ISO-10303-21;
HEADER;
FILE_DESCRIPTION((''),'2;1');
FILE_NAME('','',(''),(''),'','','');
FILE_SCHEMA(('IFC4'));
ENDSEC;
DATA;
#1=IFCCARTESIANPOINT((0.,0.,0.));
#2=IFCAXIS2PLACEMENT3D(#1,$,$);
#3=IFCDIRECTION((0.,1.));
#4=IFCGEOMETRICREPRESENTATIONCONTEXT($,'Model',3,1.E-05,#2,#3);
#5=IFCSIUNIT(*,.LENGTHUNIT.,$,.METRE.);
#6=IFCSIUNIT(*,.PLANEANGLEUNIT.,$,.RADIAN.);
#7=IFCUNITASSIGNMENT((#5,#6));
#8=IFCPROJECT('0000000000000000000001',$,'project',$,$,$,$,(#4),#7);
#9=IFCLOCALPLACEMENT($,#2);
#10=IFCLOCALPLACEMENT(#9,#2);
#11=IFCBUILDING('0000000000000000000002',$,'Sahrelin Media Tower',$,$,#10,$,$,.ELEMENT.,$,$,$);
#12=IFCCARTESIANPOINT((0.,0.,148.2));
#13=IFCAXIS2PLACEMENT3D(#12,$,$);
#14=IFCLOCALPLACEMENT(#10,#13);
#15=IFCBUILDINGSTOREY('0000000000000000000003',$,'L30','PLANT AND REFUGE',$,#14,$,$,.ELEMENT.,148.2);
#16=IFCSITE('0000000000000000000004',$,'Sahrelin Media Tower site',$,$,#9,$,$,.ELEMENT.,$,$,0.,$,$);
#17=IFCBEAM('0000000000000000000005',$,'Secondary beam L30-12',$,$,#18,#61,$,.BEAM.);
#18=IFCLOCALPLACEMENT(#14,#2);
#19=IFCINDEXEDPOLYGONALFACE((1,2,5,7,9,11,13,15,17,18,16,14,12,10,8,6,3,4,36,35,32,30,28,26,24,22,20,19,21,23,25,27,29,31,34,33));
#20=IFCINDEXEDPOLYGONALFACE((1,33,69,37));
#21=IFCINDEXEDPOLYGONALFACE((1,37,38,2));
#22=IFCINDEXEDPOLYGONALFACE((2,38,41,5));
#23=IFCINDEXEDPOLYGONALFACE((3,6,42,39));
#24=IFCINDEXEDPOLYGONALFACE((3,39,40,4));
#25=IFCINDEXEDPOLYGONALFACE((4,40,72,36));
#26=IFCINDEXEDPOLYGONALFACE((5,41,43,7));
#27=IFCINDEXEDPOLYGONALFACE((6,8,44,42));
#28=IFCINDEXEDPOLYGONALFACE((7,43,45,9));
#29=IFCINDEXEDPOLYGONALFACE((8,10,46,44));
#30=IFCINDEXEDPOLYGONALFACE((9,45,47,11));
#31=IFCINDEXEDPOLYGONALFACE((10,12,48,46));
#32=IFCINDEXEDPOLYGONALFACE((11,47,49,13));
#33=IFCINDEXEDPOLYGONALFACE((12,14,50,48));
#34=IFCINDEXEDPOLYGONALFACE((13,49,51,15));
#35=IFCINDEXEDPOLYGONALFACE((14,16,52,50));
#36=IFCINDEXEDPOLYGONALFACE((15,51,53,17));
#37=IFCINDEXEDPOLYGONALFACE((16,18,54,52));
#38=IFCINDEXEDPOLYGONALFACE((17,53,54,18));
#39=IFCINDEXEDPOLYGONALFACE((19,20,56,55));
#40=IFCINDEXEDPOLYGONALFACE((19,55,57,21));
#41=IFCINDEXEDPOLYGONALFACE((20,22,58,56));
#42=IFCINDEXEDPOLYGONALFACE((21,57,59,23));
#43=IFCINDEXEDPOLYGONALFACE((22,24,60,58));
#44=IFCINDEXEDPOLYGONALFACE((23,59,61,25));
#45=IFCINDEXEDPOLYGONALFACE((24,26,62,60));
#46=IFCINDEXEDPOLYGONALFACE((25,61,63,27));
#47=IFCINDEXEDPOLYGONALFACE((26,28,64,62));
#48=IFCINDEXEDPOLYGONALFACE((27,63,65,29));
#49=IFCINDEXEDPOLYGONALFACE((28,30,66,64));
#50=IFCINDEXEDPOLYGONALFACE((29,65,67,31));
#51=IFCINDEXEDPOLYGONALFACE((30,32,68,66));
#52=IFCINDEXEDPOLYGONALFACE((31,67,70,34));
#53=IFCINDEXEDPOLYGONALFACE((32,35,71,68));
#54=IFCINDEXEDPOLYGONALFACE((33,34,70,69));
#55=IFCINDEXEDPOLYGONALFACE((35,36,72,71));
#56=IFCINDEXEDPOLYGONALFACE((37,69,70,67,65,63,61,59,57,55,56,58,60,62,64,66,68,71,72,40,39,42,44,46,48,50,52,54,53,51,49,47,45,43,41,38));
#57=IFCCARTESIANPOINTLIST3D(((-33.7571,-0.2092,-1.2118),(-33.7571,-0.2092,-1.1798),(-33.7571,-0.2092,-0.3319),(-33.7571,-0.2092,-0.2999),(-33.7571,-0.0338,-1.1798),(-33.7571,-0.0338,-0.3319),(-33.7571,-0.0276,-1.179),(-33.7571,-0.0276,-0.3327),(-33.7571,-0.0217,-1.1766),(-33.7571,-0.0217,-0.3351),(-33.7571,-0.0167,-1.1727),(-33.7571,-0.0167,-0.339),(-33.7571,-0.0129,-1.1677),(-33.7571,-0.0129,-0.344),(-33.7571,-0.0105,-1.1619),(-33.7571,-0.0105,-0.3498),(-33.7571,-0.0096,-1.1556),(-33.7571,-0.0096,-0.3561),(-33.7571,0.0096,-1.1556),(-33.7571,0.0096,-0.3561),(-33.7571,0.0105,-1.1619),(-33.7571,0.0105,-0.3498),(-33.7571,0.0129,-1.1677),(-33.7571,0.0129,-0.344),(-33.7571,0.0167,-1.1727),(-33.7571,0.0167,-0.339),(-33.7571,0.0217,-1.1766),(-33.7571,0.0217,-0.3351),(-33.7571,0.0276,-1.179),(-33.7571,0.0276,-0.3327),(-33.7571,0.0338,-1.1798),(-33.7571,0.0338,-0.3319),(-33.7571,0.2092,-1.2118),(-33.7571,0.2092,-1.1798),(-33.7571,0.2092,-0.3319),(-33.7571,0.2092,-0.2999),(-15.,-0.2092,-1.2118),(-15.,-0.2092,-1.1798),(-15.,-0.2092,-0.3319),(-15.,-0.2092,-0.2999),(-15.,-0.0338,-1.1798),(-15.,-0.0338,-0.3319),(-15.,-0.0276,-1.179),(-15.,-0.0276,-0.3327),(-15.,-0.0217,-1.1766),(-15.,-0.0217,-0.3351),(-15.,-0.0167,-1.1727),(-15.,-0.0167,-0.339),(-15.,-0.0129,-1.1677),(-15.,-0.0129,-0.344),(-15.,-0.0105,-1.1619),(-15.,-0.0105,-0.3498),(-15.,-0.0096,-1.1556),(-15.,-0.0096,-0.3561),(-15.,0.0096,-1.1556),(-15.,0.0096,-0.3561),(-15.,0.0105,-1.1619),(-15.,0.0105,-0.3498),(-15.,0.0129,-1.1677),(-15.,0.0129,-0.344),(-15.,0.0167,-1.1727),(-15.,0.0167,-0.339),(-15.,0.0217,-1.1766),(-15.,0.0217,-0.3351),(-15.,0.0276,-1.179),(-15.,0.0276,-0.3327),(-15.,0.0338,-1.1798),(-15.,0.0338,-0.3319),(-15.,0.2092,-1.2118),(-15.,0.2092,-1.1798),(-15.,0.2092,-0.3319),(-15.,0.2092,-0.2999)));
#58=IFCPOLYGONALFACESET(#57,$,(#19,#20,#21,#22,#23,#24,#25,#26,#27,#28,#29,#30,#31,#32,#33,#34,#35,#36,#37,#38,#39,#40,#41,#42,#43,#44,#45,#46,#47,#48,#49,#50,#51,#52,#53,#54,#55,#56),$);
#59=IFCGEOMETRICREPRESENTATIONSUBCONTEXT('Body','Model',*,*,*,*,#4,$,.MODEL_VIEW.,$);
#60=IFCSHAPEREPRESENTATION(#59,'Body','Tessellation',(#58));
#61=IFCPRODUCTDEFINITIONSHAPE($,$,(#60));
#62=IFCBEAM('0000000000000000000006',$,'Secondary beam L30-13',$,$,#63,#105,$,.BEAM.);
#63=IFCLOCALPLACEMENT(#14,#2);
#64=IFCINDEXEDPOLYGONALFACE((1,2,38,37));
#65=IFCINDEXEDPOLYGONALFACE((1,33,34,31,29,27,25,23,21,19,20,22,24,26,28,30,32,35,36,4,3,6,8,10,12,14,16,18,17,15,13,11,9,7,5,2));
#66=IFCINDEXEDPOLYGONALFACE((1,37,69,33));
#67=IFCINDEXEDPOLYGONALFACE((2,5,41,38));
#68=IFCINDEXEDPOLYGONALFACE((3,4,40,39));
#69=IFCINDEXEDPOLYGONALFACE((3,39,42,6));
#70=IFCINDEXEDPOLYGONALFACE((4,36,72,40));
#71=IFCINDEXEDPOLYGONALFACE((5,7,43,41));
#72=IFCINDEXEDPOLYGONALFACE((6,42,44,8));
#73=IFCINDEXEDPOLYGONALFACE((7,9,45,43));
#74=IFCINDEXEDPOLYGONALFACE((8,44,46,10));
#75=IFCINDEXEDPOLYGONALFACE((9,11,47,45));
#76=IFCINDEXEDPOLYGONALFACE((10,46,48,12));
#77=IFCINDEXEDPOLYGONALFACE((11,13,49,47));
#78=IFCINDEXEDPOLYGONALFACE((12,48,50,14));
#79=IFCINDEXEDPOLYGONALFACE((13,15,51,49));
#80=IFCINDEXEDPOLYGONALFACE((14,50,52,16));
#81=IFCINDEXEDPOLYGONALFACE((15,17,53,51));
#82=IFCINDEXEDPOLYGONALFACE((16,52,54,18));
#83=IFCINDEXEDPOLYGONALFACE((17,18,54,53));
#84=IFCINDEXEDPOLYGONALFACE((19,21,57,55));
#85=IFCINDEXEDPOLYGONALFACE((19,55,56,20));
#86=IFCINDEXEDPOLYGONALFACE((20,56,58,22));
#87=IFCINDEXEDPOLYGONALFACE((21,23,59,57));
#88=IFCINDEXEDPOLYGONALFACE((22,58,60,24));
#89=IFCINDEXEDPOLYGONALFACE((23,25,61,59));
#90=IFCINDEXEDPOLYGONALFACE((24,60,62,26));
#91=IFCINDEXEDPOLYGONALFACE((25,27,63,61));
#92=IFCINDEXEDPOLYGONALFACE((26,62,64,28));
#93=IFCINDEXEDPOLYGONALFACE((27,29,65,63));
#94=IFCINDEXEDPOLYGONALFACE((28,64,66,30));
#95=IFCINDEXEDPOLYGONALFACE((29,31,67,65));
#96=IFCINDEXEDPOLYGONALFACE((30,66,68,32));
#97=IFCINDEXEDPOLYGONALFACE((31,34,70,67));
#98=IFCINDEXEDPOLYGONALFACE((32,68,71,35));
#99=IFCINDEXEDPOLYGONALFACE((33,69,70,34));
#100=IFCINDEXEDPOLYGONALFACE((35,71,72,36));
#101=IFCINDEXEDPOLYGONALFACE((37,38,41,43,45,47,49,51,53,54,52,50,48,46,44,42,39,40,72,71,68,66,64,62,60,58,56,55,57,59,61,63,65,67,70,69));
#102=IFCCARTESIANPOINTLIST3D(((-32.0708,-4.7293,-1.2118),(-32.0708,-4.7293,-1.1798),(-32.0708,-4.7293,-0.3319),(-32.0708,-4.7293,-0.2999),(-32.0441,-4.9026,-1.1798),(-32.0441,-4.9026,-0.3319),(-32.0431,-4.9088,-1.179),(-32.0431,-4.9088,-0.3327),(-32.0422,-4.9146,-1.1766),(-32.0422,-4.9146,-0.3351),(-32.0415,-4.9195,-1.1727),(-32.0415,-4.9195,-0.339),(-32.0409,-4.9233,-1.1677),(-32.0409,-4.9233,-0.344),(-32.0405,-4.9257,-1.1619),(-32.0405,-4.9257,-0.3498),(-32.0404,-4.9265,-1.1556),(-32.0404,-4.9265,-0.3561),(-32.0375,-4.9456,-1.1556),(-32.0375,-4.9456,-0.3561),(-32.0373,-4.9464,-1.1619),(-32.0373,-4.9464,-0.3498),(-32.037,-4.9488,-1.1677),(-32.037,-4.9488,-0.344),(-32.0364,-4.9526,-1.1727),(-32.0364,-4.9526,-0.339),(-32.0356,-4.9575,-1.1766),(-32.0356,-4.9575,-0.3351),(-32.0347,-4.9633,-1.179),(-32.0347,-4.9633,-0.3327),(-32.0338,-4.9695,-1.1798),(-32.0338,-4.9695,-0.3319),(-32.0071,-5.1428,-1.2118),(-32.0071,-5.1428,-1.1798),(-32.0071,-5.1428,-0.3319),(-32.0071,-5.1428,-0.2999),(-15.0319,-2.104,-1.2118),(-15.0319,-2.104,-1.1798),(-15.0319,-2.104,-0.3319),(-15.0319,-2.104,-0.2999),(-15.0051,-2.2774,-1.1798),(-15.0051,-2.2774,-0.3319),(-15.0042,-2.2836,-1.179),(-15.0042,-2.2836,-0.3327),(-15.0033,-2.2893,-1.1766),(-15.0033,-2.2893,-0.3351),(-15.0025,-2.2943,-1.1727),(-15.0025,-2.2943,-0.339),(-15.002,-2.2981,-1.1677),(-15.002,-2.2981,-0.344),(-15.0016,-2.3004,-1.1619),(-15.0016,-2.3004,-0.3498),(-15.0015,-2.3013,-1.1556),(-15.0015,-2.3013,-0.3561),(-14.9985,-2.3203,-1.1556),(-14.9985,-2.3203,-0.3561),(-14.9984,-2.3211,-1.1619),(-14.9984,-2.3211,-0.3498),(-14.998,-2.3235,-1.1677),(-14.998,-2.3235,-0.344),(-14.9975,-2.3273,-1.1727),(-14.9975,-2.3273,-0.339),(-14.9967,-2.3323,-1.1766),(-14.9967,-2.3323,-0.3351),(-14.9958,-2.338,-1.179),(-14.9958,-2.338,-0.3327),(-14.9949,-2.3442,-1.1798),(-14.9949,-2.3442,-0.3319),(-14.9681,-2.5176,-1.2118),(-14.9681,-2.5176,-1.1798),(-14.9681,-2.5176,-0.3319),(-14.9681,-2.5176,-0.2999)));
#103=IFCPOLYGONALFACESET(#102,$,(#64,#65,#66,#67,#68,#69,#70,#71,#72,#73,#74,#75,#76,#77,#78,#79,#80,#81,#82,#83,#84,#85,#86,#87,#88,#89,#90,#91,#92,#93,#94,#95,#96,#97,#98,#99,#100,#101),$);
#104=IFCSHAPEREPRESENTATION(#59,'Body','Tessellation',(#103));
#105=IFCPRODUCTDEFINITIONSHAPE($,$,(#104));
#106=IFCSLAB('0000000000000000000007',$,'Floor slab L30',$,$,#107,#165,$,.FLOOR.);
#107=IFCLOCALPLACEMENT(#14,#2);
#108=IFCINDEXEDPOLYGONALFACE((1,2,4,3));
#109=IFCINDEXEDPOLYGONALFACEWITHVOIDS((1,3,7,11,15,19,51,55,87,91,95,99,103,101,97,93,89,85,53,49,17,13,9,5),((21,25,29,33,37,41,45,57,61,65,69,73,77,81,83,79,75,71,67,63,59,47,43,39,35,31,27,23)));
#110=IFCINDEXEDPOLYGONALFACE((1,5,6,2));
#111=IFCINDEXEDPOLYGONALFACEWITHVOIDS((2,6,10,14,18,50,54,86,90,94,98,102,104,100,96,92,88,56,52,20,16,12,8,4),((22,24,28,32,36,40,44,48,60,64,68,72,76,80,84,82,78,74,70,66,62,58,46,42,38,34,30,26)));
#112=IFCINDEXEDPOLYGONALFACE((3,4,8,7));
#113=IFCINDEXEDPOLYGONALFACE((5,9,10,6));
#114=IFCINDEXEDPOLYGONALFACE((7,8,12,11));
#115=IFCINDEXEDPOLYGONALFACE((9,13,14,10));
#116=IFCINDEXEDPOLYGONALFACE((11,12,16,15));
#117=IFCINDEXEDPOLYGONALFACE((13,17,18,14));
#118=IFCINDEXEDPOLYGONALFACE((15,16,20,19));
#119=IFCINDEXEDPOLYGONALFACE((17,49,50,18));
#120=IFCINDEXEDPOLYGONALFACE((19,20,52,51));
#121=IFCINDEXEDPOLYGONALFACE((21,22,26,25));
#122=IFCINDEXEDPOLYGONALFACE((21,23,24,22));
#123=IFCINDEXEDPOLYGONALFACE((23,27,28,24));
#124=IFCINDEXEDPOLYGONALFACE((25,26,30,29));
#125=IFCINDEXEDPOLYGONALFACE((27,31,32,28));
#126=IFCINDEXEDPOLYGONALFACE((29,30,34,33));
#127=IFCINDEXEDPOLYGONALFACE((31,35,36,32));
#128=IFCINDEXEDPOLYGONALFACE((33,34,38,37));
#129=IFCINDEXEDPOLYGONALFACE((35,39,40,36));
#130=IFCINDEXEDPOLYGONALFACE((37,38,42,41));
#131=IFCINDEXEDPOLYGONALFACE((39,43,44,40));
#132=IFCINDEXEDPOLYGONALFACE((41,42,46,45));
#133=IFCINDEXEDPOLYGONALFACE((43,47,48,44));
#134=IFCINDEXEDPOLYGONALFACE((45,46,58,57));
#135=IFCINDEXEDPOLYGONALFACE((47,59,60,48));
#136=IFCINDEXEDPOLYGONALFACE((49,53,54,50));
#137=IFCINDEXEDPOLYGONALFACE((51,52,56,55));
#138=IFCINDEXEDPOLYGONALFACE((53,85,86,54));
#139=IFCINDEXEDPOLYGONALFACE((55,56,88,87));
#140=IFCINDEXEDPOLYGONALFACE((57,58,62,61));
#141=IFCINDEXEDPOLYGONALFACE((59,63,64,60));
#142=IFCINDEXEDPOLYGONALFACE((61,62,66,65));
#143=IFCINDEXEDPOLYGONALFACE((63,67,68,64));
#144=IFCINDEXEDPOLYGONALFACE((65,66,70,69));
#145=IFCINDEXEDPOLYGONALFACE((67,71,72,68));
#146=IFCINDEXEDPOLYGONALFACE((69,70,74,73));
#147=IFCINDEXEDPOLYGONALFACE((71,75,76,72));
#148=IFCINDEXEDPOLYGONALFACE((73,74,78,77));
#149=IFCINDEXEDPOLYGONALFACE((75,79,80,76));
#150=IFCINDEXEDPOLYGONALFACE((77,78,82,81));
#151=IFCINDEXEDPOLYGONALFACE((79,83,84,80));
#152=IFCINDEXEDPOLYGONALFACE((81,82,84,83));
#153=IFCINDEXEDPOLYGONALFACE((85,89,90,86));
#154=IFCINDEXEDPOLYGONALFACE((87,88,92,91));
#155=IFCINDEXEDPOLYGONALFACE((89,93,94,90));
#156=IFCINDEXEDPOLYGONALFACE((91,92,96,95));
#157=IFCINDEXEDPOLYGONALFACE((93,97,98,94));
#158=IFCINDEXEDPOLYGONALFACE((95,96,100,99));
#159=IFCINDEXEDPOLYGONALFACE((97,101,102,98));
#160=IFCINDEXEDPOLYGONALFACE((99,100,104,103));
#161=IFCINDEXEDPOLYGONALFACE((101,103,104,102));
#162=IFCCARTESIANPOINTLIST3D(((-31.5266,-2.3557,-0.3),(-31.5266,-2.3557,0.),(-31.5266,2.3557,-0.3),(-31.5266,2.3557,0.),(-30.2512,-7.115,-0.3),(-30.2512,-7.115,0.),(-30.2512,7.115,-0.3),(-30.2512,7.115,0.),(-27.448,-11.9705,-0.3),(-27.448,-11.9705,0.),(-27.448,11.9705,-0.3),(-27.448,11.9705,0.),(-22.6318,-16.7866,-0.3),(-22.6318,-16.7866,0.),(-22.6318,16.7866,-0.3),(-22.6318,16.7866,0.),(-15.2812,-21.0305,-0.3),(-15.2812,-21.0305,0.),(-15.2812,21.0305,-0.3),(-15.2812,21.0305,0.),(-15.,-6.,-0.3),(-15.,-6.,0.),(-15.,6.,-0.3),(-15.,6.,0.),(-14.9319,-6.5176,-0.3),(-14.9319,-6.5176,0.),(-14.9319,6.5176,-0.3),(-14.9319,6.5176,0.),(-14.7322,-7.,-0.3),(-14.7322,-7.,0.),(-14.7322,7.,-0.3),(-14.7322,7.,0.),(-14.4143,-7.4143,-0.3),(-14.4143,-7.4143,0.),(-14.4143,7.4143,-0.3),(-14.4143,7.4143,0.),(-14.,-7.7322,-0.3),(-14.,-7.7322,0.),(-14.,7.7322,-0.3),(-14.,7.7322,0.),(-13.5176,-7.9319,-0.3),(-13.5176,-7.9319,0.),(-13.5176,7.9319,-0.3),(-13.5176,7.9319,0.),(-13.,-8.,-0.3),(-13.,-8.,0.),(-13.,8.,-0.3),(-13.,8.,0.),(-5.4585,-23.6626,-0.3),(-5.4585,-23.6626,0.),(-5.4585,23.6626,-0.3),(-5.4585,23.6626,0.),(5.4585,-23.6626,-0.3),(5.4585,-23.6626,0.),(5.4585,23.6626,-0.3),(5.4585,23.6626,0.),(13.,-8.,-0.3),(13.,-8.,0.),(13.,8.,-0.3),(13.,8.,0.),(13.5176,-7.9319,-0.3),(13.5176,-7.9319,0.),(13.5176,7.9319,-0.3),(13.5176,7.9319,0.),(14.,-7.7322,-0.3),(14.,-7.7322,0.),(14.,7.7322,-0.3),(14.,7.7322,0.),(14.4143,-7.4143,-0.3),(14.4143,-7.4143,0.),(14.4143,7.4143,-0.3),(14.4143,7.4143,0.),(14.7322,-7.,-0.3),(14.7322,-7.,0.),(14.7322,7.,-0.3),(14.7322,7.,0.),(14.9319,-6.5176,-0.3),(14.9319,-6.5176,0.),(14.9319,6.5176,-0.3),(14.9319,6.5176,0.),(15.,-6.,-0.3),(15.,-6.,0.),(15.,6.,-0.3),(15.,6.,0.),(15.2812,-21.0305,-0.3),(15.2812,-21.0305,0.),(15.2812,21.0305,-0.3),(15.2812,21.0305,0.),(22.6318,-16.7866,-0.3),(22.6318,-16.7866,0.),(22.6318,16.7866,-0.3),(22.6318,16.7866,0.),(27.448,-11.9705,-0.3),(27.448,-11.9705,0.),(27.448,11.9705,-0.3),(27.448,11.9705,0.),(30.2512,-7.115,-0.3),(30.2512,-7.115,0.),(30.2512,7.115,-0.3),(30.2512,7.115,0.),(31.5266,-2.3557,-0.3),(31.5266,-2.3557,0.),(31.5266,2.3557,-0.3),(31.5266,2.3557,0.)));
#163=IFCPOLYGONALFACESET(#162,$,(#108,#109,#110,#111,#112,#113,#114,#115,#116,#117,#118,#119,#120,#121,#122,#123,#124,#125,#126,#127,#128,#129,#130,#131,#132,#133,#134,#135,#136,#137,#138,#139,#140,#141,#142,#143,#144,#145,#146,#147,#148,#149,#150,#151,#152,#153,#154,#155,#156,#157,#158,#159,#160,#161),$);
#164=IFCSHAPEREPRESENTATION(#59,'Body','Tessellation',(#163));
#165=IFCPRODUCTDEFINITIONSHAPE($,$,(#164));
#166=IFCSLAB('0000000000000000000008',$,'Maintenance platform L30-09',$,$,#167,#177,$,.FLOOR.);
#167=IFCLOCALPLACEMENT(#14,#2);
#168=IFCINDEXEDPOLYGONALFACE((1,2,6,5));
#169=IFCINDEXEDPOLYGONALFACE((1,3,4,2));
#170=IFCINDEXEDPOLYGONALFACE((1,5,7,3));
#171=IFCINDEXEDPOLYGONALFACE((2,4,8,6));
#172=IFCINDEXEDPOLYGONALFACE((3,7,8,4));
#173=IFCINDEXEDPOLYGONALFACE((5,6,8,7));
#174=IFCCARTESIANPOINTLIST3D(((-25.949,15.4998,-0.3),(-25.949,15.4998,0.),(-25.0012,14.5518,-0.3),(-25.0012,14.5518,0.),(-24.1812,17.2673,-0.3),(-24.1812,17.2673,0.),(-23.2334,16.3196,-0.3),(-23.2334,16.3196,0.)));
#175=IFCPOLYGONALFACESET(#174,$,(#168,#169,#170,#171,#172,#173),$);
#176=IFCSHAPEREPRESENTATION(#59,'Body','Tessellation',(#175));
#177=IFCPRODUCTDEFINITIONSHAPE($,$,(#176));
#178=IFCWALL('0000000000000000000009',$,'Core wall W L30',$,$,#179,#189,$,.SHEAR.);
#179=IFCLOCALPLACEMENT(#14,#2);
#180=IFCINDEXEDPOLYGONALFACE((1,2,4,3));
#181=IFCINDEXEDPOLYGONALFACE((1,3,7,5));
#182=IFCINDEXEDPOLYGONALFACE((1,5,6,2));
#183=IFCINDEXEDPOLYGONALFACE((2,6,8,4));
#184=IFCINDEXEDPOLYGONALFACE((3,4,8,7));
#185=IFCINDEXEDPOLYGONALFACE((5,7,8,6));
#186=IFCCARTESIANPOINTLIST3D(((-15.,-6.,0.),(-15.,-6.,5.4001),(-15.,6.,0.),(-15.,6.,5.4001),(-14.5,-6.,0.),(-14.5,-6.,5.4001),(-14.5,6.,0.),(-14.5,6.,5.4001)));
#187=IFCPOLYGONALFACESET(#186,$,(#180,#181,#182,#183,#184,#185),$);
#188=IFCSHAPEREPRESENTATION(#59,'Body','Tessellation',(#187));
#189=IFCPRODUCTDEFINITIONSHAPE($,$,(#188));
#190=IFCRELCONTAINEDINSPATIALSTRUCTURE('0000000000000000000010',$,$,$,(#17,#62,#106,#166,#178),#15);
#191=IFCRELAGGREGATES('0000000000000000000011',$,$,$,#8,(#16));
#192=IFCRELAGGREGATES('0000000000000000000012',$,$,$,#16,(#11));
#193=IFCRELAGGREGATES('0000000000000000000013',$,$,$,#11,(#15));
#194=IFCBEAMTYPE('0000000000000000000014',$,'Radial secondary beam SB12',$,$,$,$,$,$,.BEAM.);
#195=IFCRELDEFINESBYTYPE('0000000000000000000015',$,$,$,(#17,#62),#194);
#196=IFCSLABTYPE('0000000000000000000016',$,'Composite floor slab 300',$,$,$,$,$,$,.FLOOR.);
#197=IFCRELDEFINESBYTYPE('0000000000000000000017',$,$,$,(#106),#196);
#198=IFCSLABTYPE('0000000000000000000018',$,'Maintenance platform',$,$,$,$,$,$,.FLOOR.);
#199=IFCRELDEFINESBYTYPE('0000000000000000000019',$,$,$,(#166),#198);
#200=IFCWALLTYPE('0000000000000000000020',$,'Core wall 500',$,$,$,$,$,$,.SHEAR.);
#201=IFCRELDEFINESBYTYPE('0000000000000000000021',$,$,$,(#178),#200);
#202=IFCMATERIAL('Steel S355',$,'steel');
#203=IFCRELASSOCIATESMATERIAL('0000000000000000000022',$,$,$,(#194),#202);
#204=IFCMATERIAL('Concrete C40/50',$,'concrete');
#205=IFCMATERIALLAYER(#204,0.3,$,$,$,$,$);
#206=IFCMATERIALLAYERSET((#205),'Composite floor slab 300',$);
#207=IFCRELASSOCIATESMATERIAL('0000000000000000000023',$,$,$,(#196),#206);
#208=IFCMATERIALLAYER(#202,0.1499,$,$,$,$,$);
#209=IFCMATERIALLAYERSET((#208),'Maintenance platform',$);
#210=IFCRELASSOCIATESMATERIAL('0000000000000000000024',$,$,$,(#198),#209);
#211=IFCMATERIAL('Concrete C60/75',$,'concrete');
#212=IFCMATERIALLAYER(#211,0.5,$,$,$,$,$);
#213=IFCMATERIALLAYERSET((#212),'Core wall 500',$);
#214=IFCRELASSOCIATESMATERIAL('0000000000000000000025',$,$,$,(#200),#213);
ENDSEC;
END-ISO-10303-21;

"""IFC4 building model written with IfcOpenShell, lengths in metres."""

from ifc_helpers import new_model, si_unit, direction, frame, frame_2d, origin, origin_2d, place, context, subcontext, project, spatial, polyline, rectangle, i_section, outline, extrude, material, layer, layer_set, material_profile, profile_set, type_object, element, save


model = new_model("IFC4")

# Units and contexts
model_context = context("Model", 3, precision=1e-05, world=origin(), true_north=direction((0.0, 1.0)))
body_context = subcontext(model_context, "Body", "Model", "MODEL_VIEW")
ifc_project = project(units=[si_unit("LENGTHUNIT", "METRE"), si_unit("PLANEANGLEUNIT", "RADIAN")], contexts=[model_context])

# Site, building, storey
site_placement = place(None, origin())
site = spatial("IfcSite", under=ifc_project, at=site_placement, Name="Sahrelin Media Tower site", CompositionType="ELEMENT", RefElevation=0.0)
building_placement = place(site_placement, origin())
building = spatial("IfcBuilding", under=site, at=building_placement, Name="Sahrelin Media Tower", CompositionType="ELEMENT")
storey_placement = place(building_placement, frame((0.0, 0.0, 148.2)))
storey = spatial("IfcBuildingStorey", under=building, at=storey_placement, Name="L30", Description="PLANT AND REFUGE", CompositionType="ELEMENT", Elevation=148.2)

# Beams
ifc_material_1 = material(Name="Steel S355", Category="steel")
ifc_material_profile_1 = material_profile(ifc_material_1, i_section(OverallWidth=0.4185, OverallDepth=0.9119, WebThickness=0.0193, FlangeThickness=0.032, FilletRadius=0.0242, at=origin_2d()), Name="UB 914x419x343")
ifc_profile_set_1 = profile_set([ifc_material_profile_1], Name="Steel S355")
beam_type_1 = type_object("IfcBeamType", Name="Radial secondary beam SB12", PredefinedType="BEAM", material=ifc_profile_set_1)
beam_1_placement = place(storey_placement, frame((-15.0, 0.0, -0.7559), z_axis=(-1.0, 0.0, 0.0), x_axis=(0.0, -1.0, 0.0)))
element("IfcBeam", 1, at=beam_1_placement, inside=storey, type_object=beam_type_1, Name="Secondary beam L30-12", PredefinedType="BEAM", context=body_context, shape_type="SweptSolid", body=[
    extrude(i_section(OverallWidth=0.4185, OverallDepth=0.9119, WebThickness=0.0193, FlangeThickness=0.032, FilletRadius=0.0242, at=origin_2d()), origin(), (0.0, 0.0, 1.0), 18.7571),
])
beam_2_placement = place(storey_placement, frame((-15.0, -2.3108, -0.7559), z_axis=(-0.988338, -0.152277, 0.0), x_axis=(0.152277, -0.988338, 0.0)))
element("IfcBeam", 2, at=beam_2_placement, inside=storey, type_object=beam_type_1, Name="Secondary beam L30-13", PredefinedType="BEAM", context=body_context, shape_type="SweptSolid", body=[
    extrude(i_section(OverallWidth=0.4185, OverallDepth=0.9119, WebThickness=0.0193, FlangeThickness=0.032, FilletRadius=0.0242, at=origin_2d()), origin(), (0.0, 0.0, 1.0), 17.24),
])

# Slabs
ifc_material_2 = material(Name="Concrete C40/50", Category="concrete")
ifc_layer_1 = layer(ifc_material_2, 0.3)
ifc_layer_set_1 = layer_set([ifc_layer_1], Name="Composite floor slab 300")
slab_type_1 = type_object("IfcSlabType", Name="Composite floor slab 300", PredefinedType="FLOOR", material=ifc_layer_set_1)
placement_1 = place(storey_placement, frame((0.0, 0.0, -0.3)))
element("IfcSlab", 3, at=placement_1, inside=storey, type_object=slab_type_1, Name="Floor slab L30", PredefinedType="FLOOR", context=body_context, shape_type="SweptSolid", body=[
    extrude(outline(polyline([(31.5266, -2.3557), (31.5266, 2.3557), (30.2512, 7.115), (27.448, 11.9705), (22.6318, 16.7866), (15.2812, 21.0305), (5.4585, 23.6626), (-5.4585, 23.6626), (-15.2812, 21.0305), (-22.6318, 16.7866), (-27.448, 11.9705), (-30.2512, 7.115), (-31.5266, 2.3557), (-31.5266, -2.3557), (-30.2512, -7.115), (-27.448, -11.9705), (-22.6318, -16.7866), (-15.2812, -21.0305), (-5.4585, -23.6626), (5.4585, -23.6626), (15.2812, -21.0305), (22.6318, -16.7866), (27.448, -11.9705), (30.2512, -7.115), (31.5266, -2.3557)]), holes=[polyline([(14.9319, 6.5176), (15.0, 6.0), (15.0, -6.0), (14.9319, -6.5176), (14.7322, -7.0), (14.4143, -7.4143), (14.0, -7.7322), (13.5176, -7.9319), (13.0, -8.0), (-13.0, -8.0), (-13.5176, -7.9319), (-14.0, -7.7322), (-14.4143, -7.4143), (-14.7322, -7.0), (-14.9319, -6.5176), (-15.0, -6.0), (-15.0, 6.0), (-14.9319, 6.5176), (-14.7322, 7.0), (-14.4143, 7.4143), (-14.0, 7.7322), (-13.5176, 7.9319), (-13.0, 8.0), (13.0, 8.0), (13.5176, 7.9319), (14.0, 7.7322), (14.4143, 7.4143), (14.7322, 7.0), (14.9319, 6.5176)])]), origin(), (0.0, 0.0, 1.0), 0.3),
])
ifc_layer_2 = layer(ifc_material_1, 0.1499)
ifc_layer_set_2 = layer_set([ifc_layer_2], Name="Maintenance platform")
slab_type_2 = type_object("IfcSlabType", Name="Maintenance platform", PredefinedType="FLOOR", material=ifc_layer_set_2)
element("IfcSlab", 4, at=placement_1, inside=storey, type_object=slab_type_2, Name="Maintenance platform L30-09", PredefinedType="FLOOR", context=body_context, shape_type="SweptSolid", body=[
    extrude(outline(polyline([(-23.2334, 16.3196), (-25.0012, 14.5518), (-25.949, 15.4998), (-24.1812, 17.2673), (-23.2334, 16.3196)])), origin(), (0.0, 0.0, 1.0), 0.3),
])

# Wall
ifc_material_3 = material(Name="Concrete C60/75", Category="concrete")
ifc_layer_3 = layer(ifc_material_3, 0.5)
ifc_layer_set_3 = layer_set([ifc_layer_3], Name="Core wall 500")
wall_type_1 = type_object("IfcWallType", Name="Core wall 500", PredefinedType="SHEAR", material=ifc_layer_set_3)
wall_1_placement = place(storey_placement, frame((-14.75, -6.0, 0.0), z_axis=(0.0, 0.0, 1.0), x_axis=(0.0, 1.0, 0.0)))
element("IfcWall", 5, at=wall_1_placement, inside=storey, type_object=wall_type_1, Name="Core wall W L30", PredefinedType="SHEAR", context=body_context, shape_type="SweptSolid", body=[
    extrude(rectangle(XDim=12.0, YDim=0.5, at=frame_2d((6.0, 0.0))), origin(), (0.0, 0.0, 1.0), 5.4001),
])

save(model, "model.ifc")
